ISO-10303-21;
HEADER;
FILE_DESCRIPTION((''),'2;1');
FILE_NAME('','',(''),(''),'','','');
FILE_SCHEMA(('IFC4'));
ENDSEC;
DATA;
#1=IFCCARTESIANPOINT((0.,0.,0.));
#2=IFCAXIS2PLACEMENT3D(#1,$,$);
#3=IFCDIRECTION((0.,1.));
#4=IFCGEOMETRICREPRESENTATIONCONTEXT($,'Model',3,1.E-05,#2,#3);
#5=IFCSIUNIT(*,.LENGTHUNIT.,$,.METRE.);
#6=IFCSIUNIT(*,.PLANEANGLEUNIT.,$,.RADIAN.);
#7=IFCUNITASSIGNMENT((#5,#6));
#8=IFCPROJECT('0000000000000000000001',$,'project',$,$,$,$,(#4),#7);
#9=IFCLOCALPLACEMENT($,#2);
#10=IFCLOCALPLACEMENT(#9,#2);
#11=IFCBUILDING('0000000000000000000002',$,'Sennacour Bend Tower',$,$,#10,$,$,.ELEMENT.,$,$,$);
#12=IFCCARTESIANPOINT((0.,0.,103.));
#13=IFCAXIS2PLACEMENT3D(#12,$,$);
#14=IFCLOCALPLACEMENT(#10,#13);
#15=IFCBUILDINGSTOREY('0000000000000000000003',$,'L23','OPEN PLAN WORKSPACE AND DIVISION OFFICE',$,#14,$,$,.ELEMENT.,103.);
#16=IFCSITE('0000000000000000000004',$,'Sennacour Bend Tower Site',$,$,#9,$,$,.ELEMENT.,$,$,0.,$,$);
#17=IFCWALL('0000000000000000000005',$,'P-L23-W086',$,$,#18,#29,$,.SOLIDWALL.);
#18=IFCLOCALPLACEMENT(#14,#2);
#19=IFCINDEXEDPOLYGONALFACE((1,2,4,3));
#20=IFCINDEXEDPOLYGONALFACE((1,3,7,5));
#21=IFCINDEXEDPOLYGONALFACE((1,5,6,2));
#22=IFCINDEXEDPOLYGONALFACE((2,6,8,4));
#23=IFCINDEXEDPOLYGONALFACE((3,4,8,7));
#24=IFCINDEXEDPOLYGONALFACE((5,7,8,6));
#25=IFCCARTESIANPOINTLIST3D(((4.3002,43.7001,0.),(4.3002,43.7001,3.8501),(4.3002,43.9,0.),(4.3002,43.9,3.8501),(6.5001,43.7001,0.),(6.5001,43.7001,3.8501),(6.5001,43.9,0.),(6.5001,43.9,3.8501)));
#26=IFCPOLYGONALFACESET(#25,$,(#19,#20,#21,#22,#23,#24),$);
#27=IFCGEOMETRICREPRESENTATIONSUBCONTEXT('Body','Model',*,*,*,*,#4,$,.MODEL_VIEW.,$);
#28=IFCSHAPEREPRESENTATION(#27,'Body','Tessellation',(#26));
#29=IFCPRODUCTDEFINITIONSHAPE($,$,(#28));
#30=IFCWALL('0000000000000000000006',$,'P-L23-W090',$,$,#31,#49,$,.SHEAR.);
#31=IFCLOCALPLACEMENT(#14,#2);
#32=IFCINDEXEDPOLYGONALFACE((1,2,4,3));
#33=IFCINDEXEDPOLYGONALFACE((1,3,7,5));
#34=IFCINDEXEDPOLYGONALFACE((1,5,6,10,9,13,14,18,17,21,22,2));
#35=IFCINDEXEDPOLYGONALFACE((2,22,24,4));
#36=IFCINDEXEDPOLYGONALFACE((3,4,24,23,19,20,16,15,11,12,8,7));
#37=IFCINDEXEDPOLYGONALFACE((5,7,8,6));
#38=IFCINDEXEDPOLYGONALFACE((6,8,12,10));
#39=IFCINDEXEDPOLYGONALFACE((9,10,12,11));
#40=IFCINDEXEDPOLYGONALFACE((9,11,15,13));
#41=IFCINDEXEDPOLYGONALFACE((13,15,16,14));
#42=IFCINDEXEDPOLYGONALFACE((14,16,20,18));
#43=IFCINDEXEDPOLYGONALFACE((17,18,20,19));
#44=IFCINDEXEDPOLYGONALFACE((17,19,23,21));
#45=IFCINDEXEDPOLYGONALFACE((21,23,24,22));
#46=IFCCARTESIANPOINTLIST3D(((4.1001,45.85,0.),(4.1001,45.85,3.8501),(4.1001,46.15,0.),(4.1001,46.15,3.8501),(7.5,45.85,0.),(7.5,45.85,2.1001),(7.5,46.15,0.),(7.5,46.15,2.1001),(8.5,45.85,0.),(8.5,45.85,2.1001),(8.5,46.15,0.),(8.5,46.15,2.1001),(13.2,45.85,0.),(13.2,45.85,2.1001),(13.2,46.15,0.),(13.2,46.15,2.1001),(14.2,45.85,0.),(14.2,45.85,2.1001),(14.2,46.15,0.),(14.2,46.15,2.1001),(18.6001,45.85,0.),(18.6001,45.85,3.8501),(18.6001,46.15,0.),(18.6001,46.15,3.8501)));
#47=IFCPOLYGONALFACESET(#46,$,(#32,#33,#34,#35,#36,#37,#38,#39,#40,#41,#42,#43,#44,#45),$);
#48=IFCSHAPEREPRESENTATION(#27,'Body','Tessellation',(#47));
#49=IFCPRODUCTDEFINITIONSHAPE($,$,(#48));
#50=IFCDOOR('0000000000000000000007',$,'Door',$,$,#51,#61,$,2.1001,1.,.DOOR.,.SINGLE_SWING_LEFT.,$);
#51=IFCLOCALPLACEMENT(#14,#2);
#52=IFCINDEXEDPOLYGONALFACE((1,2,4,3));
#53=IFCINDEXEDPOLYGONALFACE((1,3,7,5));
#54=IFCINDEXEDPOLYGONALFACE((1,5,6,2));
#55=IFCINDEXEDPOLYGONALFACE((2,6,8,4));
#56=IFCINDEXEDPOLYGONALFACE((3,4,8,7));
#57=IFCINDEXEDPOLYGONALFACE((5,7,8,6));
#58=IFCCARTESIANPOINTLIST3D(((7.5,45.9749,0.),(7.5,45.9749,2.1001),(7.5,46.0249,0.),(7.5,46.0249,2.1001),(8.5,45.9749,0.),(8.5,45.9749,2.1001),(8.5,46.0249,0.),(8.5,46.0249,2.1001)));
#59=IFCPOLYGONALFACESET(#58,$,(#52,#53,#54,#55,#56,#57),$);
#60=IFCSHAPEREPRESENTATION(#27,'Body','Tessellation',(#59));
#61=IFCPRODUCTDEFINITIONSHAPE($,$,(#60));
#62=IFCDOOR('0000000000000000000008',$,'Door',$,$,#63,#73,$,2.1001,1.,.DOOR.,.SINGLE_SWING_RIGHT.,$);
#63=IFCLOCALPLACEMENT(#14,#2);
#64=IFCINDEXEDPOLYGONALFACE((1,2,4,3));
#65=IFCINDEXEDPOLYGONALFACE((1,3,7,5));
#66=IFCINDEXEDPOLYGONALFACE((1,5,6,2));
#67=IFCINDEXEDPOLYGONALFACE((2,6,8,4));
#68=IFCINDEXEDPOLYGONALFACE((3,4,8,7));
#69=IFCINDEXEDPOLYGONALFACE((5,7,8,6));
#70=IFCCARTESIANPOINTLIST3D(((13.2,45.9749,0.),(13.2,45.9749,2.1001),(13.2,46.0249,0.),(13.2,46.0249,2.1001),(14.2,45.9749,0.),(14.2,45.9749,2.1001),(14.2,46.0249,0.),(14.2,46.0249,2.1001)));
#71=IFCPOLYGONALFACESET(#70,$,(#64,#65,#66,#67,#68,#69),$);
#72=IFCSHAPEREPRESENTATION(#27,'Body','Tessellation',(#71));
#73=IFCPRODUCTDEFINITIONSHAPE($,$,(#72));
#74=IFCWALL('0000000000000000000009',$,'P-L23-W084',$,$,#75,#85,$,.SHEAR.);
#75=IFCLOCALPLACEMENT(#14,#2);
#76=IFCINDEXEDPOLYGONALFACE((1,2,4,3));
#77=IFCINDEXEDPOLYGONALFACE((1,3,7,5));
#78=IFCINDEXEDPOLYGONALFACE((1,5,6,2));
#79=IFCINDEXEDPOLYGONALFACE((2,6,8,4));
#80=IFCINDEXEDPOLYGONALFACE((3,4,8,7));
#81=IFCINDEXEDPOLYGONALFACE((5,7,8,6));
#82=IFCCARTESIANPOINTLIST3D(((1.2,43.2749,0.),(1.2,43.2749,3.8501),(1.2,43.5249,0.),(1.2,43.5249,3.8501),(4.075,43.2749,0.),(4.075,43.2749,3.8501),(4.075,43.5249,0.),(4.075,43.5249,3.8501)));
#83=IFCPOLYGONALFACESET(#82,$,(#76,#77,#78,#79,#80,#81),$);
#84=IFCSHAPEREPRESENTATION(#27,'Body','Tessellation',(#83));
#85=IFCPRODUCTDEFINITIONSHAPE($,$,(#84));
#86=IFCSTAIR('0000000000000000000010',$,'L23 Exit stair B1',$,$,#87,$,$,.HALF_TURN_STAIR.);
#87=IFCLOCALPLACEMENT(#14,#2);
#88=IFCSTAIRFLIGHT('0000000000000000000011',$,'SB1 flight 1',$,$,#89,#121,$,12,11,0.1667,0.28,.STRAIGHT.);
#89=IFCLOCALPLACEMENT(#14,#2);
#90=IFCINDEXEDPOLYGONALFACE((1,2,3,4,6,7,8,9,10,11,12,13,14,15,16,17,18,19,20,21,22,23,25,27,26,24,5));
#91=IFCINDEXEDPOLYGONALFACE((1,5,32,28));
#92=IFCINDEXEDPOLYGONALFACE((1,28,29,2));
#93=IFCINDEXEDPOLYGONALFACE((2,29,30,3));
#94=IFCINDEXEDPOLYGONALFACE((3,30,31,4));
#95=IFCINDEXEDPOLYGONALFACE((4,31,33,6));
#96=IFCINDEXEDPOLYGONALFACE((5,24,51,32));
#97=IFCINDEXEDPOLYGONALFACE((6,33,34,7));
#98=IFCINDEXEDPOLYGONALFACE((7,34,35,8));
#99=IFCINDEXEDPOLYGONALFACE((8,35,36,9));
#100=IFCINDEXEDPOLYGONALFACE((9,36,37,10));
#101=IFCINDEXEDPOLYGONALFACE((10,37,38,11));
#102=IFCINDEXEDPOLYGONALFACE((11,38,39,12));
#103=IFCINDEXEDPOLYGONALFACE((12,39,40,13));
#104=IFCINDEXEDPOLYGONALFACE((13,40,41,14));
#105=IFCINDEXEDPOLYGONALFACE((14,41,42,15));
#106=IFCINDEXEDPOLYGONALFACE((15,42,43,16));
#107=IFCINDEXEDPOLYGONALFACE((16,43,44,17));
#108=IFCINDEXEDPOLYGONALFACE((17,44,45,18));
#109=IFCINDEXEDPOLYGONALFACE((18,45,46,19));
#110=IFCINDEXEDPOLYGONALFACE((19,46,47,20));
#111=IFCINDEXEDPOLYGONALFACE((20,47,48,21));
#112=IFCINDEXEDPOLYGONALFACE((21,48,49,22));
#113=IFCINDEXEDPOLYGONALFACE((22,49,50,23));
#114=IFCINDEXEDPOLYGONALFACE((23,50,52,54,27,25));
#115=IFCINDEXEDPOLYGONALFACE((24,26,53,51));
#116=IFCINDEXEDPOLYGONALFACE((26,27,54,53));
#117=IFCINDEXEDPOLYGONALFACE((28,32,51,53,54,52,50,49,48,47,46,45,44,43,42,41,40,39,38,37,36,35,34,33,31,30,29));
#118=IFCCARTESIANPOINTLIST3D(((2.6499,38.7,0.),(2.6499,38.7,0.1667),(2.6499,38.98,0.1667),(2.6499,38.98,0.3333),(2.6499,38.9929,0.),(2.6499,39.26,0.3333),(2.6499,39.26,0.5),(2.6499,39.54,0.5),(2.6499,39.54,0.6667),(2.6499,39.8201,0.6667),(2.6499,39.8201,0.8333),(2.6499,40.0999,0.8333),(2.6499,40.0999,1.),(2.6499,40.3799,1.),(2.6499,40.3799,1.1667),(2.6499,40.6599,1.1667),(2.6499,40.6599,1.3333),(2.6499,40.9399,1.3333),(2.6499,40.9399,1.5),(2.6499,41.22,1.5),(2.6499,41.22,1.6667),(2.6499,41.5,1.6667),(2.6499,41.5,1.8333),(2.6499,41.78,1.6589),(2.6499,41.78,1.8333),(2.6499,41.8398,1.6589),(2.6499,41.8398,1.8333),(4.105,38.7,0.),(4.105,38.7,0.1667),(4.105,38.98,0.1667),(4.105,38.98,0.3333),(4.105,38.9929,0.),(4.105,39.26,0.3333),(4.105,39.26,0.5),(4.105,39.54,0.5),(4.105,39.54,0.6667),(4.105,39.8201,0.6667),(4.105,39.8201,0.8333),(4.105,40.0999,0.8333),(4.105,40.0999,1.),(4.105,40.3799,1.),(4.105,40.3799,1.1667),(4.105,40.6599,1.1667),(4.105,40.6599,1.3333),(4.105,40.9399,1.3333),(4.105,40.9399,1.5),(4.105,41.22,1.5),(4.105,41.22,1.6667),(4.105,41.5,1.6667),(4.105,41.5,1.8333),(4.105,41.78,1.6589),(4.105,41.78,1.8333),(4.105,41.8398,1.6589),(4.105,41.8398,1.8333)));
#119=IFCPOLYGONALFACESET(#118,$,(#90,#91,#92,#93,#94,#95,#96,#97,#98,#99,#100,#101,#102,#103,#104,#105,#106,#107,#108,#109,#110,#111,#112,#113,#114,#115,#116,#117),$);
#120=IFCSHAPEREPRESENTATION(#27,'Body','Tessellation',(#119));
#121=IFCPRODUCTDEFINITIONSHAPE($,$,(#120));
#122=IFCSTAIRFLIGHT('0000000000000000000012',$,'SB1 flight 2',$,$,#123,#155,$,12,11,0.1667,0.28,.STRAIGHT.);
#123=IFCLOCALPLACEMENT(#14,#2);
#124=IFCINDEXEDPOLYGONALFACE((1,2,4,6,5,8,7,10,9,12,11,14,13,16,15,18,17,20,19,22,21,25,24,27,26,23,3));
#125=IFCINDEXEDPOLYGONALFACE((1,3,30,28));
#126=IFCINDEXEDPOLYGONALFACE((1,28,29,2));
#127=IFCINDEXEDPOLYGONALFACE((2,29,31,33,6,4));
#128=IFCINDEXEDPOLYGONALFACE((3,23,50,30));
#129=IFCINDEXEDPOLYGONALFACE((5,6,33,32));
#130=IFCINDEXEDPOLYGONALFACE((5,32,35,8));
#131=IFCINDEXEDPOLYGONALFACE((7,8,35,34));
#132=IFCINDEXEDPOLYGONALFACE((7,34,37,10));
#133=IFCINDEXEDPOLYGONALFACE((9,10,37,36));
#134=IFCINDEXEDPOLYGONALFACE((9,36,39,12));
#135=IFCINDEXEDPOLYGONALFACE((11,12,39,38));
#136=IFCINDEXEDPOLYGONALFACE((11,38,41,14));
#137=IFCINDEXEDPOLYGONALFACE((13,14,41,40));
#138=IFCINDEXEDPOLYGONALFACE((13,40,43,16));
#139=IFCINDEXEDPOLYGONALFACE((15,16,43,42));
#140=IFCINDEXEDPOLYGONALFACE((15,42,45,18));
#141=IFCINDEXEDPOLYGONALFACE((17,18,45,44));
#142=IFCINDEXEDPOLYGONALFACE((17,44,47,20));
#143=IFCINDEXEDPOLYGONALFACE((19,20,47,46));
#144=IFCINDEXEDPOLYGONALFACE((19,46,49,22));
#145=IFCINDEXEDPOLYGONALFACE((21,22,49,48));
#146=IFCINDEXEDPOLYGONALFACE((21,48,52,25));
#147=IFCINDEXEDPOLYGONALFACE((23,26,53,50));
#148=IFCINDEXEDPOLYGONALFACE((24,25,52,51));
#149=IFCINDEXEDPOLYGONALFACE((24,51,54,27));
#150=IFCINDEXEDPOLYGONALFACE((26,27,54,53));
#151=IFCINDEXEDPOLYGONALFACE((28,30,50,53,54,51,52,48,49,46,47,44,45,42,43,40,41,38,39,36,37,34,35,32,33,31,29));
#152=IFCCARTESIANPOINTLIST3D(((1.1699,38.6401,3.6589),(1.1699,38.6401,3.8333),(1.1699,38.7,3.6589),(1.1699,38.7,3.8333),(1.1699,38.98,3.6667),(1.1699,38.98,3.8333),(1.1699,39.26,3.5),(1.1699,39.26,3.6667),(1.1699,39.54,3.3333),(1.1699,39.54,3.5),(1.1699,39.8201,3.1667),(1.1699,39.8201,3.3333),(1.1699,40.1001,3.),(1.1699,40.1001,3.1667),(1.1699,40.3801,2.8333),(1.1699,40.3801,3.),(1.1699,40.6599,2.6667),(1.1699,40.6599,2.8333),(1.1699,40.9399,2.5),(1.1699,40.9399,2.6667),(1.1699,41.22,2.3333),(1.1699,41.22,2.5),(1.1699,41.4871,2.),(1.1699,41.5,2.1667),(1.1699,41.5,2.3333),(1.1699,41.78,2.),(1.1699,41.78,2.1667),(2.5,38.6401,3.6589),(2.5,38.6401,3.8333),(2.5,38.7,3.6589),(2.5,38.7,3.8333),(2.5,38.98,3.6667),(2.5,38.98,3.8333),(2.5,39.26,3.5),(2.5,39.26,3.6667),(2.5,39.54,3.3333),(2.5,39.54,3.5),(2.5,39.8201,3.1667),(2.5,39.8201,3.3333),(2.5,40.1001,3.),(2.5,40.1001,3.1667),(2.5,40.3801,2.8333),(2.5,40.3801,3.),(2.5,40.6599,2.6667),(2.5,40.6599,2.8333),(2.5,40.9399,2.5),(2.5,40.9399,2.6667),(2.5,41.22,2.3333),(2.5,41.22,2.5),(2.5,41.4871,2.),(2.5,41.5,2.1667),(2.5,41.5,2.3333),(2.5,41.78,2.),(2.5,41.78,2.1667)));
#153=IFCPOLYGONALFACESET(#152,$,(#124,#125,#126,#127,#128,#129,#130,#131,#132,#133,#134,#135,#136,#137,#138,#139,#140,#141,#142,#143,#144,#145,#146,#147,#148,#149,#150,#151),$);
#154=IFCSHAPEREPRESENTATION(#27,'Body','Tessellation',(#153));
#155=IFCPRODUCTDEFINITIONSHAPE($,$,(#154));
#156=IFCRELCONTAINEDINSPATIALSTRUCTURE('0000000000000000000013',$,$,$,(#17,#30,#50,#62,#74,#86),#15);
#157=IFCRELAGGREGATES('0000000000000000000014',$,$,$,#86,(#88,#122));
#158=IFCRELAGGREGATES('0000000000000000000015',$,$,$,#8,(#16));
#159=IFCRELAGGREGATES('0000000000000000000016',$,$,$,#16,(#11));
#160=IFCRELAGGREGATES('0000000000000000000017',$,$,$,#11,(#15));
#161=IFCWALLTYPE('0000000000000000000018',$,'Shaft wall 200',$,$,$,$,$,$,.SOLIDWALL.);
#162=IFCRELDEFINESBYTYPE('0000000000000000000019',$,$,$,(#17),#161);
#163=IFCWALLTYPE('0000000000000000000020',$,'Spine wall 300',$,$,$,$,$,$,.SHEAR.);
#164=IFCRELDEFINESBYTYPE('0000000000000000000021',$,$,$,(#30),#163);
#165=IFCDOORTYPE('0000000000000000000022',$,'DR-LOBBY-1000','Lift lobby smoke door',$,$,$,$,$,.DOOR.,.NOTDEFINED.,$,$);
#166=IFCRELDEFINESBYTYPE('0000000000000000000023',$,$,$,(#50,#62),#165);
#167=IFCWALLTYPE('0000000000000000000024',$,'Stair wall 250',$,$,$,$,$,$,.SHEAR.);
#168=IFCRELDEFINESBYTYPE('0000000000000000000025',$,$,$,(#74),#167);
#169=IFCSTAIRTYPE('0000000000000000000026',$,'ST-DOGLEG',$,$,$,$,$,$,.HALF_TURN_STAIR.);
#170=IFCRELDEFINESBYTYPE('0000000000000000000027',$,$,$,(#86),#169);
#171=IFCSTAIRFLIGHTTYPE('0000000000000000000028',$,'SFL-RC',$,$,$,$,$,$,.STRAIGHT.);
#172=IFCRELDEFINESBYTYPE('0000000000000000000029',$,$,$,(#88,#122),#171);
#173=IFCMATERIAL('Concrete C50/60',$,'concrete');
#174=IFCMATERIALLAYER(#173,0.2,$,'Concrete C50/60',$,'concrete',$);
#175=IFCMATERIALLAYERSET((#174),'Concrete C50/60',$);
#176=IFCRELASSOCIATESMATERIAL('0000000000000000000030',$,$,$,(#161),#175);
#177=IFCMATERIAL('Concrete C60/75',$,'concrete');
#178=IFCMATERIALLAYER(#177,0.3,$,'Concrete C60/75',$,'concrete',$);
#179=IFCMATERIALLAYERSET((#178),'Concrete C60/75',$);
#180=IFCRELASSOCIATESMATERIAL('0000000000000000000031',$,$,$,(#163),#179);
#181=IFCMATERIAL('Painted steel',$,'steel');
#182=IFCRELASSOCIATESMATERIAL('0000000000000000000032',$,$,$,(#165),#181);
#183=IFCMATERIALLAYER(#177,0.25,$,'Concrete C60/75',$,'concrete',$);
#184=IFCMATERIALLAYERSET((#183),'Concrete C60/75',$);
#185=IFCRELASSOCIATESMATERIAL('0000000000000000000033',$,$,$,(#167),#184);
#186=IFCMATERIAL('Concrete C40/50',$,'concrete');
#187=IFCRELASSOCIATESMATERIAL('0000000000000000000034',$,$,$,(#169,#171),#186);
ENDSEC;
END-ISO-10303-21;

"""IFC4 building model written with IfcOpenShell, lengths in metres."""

from ifc_helpers import new_model, si_unit, direction, frame, frame_2d, origin, place, context, subcontext, project, spatial, polyline, rectangle, outline, extrude, material, layer, layer_set, type_object, element, fill, aggregate, save


model = new_model("IFC4")

# Units and contexts
model_context = context("Model", 3, precision=1e-05, world=origin(), true_north=direction((0.0, 1.0)))
body_context = subcontext(model_context, "Body", "Model", "MODEL_VIEW")
ifc_project = project(units=[si_unit("LENGTHUNIT", "METRE"), si_unit("PLANEANGLEUNIT", "RADIAN")], contexts=[model_context])

# Site, building, storey
site_placement = place(None, origin())
site = spatial("IfcSite", under=ifc_project, at=site_placement, Name="Sennacour Bend Tower Site", CompositionType="ELEMENT", RefElevation=0.0)
building_placement = place(site_placement, origin())
building = spatial("IfcBuilding", under=site, at=building_placement, Name="Sennacour Bend Tower", CompositionType="ELEMENT")
storey_placement = place(building_placement, frame((0.0, 0.0, 103.0)))
storey = spatial("IfcBuildingStorey", under=building, at=storey_placement, Name="L23", Description="OPEN PLAN WORKSPACE AND DIVISION OFFICE", CompositionType="ELEMENT", Elevation=103.0)

# Shared definitions
ifc_material_1 = material(Name="Painted steel", Category="steel")

# Wall
ifc_material_2 = material(Name="Concrete C50/60", Category="concrete")
ifc_layer_1 = layer(ifc_material_2, 0.2, Name="Concrete C50/60", Category="concrete")
ifc_layer_set_1 = layer_set([ifc_layer_1], Name="Concrete C50/60")
wall_type_1 = type_object("IfcWallType", Name="Shaft wall 200", PredefinedType="SOLIDWALL", material=ifc_layer_set_1)
wall_1_placement = place(storey_placement, frame((4.3, 43.8, 0.0), z_axis=(0.0, 0.0, 1.0), x_axis=(1.0, 0.0, 0.0)))
element("IfcWall", 1, at=wall_1_placement, inside=storey, type_object=wall_type_1, Name="P-L23-W086", PredefinedType="SOLIDWALL", context=body_context, shape_type="SweptSolid", body=[
    extrude(rectangle(XDim=2.2, YDim=0.2, at=frame_2d((1.1001, 0.0))), origin(), (0.0, 0.0, 1.0), 3.8501),
])

# Wall, openings, doors
ifc_material_3 = material(Name="Concrete C60/75", Category="concrete")
ifc_layer_2 = layer(ifc_material_3, 0.3, Name="Concrete C60/75", Category="concrete")
ifc_layer_set_2 = layer_set([ifc_layer_2], Name="Concrete C60/75")
wall_type_2 = type_object("IfcWallType", Name="Spine wall 300", PredefinedType="SHEAR", material=ifc_layer_set_2)
wall_2_placement = place(storey_placement, frame((4.1001, 46.0, 0.0), z_axis=(0.0, 0.0, 1.0), x_axis=(1.0, 0.0, 0.0)))
wall_2 = element("IfcWall", 2, at=wall_2_placement, inside=storey, type_object=wall_type_2, Name="P-L23-W090", PredefinedType="SHEAR", context=body_context, shape_type="SweptSolid", body=[
    extrude(rectangle(XDim=14.5, YDim=0.3, at=frame_2d((7.25, 0.0))), origin(), (0.0, 0.0, 1.0), 3.8501),
])
opening_1_placement = place(wall_2_placement, frame((3.3999, 0.0, 0.0)))
opening_1 = element("IfcOpeningElement", 3, at=opening_1_placement, cuts=wall_2, PredefinedType="OPENING", context=body_context, shape_type="SweptSolid", body=[
    extrude(rectangle(XDim=1.0, YDim=2.1001, at=frame_2d((0.5, 1.05))), frame((0.0, 0.1602, 0.0), z_axis=(0.0, -1.0, 0.0), x_axis=(1.0, 0.0, 0.0)), (0.0, 0.0, 1.0), 0.3201),
])
opening_2_placement = place(wall_2_placement, frame((9.0999, 0.0, 0.0)))
opening_2 = element("IfcOpeningElement", 4, at=opening_2_placement, cuts=wall_2, PredefinedType="OPENING", context=body_context, shape_type="SweptSolid", body=[
    extrude(rectangle(XDim=1.0, YDim=2.1001, at=frame_2d((0.5, 1.05))), frame((0.0, 0.1602, 0.0), z_axis=(0.0, -1.0, 0.0), x_axis=(1.0, 0.0, 0.0)), (0.0, 0.0, 1.0), 0.3201),
])
door_type_1 = type_object("IfcDoorType", Name="DR-LOBBY-1000", Description="Lift lobby smoke door", OperationType="NOTDEFINED", PredefinedType="DOOR", material=ifc_material_1)
door_1_placement = place(opening_1_placement, origin())
door_1 = element("IfcDoor", 5, at=door_1_placement, inside=storey, type_object=door_type_1, Name="Door", OperationType="SINGLE_SWING_LEFT", OverallHeight=2.1001, OverallWidth=1.0, PredefinedType="DOOR", context=body_context, shape_type="SweptSolid", body=[
    extrude(rectangle(XDim=1.0, YDim=2.1001, at=frame_2d((0.5, 1.05))), frame((0.0, 0.0249, 0.0), z_axis=(0.0, -1.0, 0.0), x_axis=(1.0, 0.0, 0.0)), (0.0, 0.0, 1.0), 0.05),
])
fill(opening_1, door_1)
door_2_placement = place(opening_2_placement, origin())
door_2 = element("IfcDoor", 6, at=door_2_placement, inside=storey, type_object=door_type_1, Name="Door", OperationType="SINGLE_SWING_RIGHT", OverallHeight=2.1001, OverallWidth=1.0, PredefinedType="DOOR", context=body_context, shape_type="SweptSolid", body=[
    extrude(rectangle(XDim=1.0, YDim=2.1001, at=frame_2d((0.5, 1.05))), frame((0.0, 0.0249, 0.0), z_axis=(0.0, -1.0, 0.0), x_axis=(1.0, 0.0, 0.0)), (0.0, 0.0, 1.0), 0.05),
])
fill(opening_2, door_2)

# Wall
ifc_layer_3 = layer(ifc_material_3, 0.25, Name="Concrete C60/75", Category="concrete")
ifc_layer_set_3 = layer_set([ifc_layer_3], Name="Concrete C60/75")
wall_type_3 = type_object("IfcWallType", Name="Stair wall 250", PredefinedType="SHEAR", material=ifc_layer_set_3)
wall_3_placement = place(storey_placement, frame((1.2, 43.3999, 0.0), z_axis=(0.0, 0.0, 1.0), x_axis=(1.0, 0.0, 0.0)))
element("IfcWall", 7, at=wall_3_placement, inside=storey, type_object=wall_type_3, Name="P-L23-W084", PredefinedType="SHEAR", context=body_context, shape_type="SweptSolid", body=[
    extrude(rectangle(XDim=2.875, YDim=0.25, at=frame_2d((1.4375, 0.0))), origin(), (0.0, 0.0, 1.0), 3.8501),
])

# Stair, stair flights
ifc_material_4 = material(Name="Concrete C40/50", Category="concrete")
stair_type = type_object("IfcStairType", Name="ST-DOGLEG", PredefinedType="HALF_TURN_STAIR", material=ifc_material_4)
stair_placement = place(storey_placement, origin())
stair = element("IfcStair", 8, at=stair_placement, inside=storey, type_object=stair_type, Name="L23 Exit stair B1", PredefinedType="HALF_TURN_STAIR")
stair_flight_type = type_object("IfcStairFlightType", Name="SFL-RC", PredefinedType="STRAIGHT", material=ifc_material_4)
stair_flight_1_placement = place(storey_placement, frame((3.3774, 38.7, 0.0), z_axis=(0.0, 0.0, 1.0), x_axis=(0.0, 1.0, 0.0)))
stair_flight_1 = element("IfcStairFlight", 9, at=stair_flight_1_placement, type_object=stair_flight_type, Name="SB1 flight 1", NumberOfRisers=12, NumberOfTreads=11, PredefinedType="STRAIGHT", RiserHeight=0.1667, TreadLength=0.28, context=body_context, shape_type="SweptSolid", body=[
    extrude(outline(polyline([(0.0, 0.0), (0.0, 0.1667), (0.28, 0.1667), (0.28, 0.3333), (0.5601, 0.3333), (0.5601, 0.5), (0.8401, 0.5), (0.8401, 0.6667), (1.1201, 0.6667), (1.1201, 0.8333), (1.3999, 0.8333), (1.3999, 1.0), (1.6799, 1.0), (1.6799, 1.1667), (1.96, 1.1667), (1.96, 1.3333), (2.24, 1.3333), (2.24, 1.5), (2.52, 1.5), (2.52, 1.6667), (2.8, 1.6667), (2.8, 1.8333), (3.0801, 1.8333), (3.1399, 1.8333), (3.1399, 1.6589), (3.0801, 1.6589), (0.293, 0.0), (0.0, 0.0)])), frame((0.0, 0.7275, 0.0), z_axis=(0.0, -1.0, 0.0), x_axis=(1.0, 0.0, 0.0)), (0.0, 0.0, 1.0), 1.4551),
])
stair_flight_2_placement = place(storey_placement, frame((1.835, 41.78, 2.0), z_axis=(0.0, 0.0, 1.0), x_axis=(0.0, -1.0, 0.0)))
stair_flight_2 = element("IfcStairFlight", 10, at=stair_flight_2_placement, type_object=stair_flight_type, Name="SB1 flight 2", NumberOfRisers=12, NumberOfTreads=11, PredefinedType="STRAIGHT", RiserHeight=0.1667, TreadLength=0.28, context=body_context, shape_type="SweptSolid", body=[
    extrude(outline(polyline([(0.0, 0.0), (0.0, 0.1667), (0.28, 0.1667), (0.28, 0.3333), (0.5601, 0.3333), (0.5601, 0.5), (0.8401, 0.5), (0.8401, 0.6667), (1.1201, 0.6667), (1.1201, 0.8333), (1.3999, 0.8333), (1.3999, 1.0), (1.6799, 1.0), (1.6799, 1.1667), (1.96, 1.1667), (1.96, 1.3333), (2.24, 1.3333), (2.24, 1.5), (2.52, 1.5), (2.52, 1.6667), (2.8, 1.6667), (2.8, 1.8333), (3.0801, 1.8333), (3.1399, 1.8333), (3.1399, 1.6589), (3.0801, 1.6589), (0.293, 0.0), (0.0, 0.0)])), frame((0.0, 0.665, 0.0), z_axis=(0.0, -1.0, 0.0), x_axis=(1.0, 0.0, 0.0)), (0.0, 0.0, 1.0), 1.3301),
])
aggregate(stair, [stair_flight_1, stair_flight_2])

save(model, "model.ifc")
